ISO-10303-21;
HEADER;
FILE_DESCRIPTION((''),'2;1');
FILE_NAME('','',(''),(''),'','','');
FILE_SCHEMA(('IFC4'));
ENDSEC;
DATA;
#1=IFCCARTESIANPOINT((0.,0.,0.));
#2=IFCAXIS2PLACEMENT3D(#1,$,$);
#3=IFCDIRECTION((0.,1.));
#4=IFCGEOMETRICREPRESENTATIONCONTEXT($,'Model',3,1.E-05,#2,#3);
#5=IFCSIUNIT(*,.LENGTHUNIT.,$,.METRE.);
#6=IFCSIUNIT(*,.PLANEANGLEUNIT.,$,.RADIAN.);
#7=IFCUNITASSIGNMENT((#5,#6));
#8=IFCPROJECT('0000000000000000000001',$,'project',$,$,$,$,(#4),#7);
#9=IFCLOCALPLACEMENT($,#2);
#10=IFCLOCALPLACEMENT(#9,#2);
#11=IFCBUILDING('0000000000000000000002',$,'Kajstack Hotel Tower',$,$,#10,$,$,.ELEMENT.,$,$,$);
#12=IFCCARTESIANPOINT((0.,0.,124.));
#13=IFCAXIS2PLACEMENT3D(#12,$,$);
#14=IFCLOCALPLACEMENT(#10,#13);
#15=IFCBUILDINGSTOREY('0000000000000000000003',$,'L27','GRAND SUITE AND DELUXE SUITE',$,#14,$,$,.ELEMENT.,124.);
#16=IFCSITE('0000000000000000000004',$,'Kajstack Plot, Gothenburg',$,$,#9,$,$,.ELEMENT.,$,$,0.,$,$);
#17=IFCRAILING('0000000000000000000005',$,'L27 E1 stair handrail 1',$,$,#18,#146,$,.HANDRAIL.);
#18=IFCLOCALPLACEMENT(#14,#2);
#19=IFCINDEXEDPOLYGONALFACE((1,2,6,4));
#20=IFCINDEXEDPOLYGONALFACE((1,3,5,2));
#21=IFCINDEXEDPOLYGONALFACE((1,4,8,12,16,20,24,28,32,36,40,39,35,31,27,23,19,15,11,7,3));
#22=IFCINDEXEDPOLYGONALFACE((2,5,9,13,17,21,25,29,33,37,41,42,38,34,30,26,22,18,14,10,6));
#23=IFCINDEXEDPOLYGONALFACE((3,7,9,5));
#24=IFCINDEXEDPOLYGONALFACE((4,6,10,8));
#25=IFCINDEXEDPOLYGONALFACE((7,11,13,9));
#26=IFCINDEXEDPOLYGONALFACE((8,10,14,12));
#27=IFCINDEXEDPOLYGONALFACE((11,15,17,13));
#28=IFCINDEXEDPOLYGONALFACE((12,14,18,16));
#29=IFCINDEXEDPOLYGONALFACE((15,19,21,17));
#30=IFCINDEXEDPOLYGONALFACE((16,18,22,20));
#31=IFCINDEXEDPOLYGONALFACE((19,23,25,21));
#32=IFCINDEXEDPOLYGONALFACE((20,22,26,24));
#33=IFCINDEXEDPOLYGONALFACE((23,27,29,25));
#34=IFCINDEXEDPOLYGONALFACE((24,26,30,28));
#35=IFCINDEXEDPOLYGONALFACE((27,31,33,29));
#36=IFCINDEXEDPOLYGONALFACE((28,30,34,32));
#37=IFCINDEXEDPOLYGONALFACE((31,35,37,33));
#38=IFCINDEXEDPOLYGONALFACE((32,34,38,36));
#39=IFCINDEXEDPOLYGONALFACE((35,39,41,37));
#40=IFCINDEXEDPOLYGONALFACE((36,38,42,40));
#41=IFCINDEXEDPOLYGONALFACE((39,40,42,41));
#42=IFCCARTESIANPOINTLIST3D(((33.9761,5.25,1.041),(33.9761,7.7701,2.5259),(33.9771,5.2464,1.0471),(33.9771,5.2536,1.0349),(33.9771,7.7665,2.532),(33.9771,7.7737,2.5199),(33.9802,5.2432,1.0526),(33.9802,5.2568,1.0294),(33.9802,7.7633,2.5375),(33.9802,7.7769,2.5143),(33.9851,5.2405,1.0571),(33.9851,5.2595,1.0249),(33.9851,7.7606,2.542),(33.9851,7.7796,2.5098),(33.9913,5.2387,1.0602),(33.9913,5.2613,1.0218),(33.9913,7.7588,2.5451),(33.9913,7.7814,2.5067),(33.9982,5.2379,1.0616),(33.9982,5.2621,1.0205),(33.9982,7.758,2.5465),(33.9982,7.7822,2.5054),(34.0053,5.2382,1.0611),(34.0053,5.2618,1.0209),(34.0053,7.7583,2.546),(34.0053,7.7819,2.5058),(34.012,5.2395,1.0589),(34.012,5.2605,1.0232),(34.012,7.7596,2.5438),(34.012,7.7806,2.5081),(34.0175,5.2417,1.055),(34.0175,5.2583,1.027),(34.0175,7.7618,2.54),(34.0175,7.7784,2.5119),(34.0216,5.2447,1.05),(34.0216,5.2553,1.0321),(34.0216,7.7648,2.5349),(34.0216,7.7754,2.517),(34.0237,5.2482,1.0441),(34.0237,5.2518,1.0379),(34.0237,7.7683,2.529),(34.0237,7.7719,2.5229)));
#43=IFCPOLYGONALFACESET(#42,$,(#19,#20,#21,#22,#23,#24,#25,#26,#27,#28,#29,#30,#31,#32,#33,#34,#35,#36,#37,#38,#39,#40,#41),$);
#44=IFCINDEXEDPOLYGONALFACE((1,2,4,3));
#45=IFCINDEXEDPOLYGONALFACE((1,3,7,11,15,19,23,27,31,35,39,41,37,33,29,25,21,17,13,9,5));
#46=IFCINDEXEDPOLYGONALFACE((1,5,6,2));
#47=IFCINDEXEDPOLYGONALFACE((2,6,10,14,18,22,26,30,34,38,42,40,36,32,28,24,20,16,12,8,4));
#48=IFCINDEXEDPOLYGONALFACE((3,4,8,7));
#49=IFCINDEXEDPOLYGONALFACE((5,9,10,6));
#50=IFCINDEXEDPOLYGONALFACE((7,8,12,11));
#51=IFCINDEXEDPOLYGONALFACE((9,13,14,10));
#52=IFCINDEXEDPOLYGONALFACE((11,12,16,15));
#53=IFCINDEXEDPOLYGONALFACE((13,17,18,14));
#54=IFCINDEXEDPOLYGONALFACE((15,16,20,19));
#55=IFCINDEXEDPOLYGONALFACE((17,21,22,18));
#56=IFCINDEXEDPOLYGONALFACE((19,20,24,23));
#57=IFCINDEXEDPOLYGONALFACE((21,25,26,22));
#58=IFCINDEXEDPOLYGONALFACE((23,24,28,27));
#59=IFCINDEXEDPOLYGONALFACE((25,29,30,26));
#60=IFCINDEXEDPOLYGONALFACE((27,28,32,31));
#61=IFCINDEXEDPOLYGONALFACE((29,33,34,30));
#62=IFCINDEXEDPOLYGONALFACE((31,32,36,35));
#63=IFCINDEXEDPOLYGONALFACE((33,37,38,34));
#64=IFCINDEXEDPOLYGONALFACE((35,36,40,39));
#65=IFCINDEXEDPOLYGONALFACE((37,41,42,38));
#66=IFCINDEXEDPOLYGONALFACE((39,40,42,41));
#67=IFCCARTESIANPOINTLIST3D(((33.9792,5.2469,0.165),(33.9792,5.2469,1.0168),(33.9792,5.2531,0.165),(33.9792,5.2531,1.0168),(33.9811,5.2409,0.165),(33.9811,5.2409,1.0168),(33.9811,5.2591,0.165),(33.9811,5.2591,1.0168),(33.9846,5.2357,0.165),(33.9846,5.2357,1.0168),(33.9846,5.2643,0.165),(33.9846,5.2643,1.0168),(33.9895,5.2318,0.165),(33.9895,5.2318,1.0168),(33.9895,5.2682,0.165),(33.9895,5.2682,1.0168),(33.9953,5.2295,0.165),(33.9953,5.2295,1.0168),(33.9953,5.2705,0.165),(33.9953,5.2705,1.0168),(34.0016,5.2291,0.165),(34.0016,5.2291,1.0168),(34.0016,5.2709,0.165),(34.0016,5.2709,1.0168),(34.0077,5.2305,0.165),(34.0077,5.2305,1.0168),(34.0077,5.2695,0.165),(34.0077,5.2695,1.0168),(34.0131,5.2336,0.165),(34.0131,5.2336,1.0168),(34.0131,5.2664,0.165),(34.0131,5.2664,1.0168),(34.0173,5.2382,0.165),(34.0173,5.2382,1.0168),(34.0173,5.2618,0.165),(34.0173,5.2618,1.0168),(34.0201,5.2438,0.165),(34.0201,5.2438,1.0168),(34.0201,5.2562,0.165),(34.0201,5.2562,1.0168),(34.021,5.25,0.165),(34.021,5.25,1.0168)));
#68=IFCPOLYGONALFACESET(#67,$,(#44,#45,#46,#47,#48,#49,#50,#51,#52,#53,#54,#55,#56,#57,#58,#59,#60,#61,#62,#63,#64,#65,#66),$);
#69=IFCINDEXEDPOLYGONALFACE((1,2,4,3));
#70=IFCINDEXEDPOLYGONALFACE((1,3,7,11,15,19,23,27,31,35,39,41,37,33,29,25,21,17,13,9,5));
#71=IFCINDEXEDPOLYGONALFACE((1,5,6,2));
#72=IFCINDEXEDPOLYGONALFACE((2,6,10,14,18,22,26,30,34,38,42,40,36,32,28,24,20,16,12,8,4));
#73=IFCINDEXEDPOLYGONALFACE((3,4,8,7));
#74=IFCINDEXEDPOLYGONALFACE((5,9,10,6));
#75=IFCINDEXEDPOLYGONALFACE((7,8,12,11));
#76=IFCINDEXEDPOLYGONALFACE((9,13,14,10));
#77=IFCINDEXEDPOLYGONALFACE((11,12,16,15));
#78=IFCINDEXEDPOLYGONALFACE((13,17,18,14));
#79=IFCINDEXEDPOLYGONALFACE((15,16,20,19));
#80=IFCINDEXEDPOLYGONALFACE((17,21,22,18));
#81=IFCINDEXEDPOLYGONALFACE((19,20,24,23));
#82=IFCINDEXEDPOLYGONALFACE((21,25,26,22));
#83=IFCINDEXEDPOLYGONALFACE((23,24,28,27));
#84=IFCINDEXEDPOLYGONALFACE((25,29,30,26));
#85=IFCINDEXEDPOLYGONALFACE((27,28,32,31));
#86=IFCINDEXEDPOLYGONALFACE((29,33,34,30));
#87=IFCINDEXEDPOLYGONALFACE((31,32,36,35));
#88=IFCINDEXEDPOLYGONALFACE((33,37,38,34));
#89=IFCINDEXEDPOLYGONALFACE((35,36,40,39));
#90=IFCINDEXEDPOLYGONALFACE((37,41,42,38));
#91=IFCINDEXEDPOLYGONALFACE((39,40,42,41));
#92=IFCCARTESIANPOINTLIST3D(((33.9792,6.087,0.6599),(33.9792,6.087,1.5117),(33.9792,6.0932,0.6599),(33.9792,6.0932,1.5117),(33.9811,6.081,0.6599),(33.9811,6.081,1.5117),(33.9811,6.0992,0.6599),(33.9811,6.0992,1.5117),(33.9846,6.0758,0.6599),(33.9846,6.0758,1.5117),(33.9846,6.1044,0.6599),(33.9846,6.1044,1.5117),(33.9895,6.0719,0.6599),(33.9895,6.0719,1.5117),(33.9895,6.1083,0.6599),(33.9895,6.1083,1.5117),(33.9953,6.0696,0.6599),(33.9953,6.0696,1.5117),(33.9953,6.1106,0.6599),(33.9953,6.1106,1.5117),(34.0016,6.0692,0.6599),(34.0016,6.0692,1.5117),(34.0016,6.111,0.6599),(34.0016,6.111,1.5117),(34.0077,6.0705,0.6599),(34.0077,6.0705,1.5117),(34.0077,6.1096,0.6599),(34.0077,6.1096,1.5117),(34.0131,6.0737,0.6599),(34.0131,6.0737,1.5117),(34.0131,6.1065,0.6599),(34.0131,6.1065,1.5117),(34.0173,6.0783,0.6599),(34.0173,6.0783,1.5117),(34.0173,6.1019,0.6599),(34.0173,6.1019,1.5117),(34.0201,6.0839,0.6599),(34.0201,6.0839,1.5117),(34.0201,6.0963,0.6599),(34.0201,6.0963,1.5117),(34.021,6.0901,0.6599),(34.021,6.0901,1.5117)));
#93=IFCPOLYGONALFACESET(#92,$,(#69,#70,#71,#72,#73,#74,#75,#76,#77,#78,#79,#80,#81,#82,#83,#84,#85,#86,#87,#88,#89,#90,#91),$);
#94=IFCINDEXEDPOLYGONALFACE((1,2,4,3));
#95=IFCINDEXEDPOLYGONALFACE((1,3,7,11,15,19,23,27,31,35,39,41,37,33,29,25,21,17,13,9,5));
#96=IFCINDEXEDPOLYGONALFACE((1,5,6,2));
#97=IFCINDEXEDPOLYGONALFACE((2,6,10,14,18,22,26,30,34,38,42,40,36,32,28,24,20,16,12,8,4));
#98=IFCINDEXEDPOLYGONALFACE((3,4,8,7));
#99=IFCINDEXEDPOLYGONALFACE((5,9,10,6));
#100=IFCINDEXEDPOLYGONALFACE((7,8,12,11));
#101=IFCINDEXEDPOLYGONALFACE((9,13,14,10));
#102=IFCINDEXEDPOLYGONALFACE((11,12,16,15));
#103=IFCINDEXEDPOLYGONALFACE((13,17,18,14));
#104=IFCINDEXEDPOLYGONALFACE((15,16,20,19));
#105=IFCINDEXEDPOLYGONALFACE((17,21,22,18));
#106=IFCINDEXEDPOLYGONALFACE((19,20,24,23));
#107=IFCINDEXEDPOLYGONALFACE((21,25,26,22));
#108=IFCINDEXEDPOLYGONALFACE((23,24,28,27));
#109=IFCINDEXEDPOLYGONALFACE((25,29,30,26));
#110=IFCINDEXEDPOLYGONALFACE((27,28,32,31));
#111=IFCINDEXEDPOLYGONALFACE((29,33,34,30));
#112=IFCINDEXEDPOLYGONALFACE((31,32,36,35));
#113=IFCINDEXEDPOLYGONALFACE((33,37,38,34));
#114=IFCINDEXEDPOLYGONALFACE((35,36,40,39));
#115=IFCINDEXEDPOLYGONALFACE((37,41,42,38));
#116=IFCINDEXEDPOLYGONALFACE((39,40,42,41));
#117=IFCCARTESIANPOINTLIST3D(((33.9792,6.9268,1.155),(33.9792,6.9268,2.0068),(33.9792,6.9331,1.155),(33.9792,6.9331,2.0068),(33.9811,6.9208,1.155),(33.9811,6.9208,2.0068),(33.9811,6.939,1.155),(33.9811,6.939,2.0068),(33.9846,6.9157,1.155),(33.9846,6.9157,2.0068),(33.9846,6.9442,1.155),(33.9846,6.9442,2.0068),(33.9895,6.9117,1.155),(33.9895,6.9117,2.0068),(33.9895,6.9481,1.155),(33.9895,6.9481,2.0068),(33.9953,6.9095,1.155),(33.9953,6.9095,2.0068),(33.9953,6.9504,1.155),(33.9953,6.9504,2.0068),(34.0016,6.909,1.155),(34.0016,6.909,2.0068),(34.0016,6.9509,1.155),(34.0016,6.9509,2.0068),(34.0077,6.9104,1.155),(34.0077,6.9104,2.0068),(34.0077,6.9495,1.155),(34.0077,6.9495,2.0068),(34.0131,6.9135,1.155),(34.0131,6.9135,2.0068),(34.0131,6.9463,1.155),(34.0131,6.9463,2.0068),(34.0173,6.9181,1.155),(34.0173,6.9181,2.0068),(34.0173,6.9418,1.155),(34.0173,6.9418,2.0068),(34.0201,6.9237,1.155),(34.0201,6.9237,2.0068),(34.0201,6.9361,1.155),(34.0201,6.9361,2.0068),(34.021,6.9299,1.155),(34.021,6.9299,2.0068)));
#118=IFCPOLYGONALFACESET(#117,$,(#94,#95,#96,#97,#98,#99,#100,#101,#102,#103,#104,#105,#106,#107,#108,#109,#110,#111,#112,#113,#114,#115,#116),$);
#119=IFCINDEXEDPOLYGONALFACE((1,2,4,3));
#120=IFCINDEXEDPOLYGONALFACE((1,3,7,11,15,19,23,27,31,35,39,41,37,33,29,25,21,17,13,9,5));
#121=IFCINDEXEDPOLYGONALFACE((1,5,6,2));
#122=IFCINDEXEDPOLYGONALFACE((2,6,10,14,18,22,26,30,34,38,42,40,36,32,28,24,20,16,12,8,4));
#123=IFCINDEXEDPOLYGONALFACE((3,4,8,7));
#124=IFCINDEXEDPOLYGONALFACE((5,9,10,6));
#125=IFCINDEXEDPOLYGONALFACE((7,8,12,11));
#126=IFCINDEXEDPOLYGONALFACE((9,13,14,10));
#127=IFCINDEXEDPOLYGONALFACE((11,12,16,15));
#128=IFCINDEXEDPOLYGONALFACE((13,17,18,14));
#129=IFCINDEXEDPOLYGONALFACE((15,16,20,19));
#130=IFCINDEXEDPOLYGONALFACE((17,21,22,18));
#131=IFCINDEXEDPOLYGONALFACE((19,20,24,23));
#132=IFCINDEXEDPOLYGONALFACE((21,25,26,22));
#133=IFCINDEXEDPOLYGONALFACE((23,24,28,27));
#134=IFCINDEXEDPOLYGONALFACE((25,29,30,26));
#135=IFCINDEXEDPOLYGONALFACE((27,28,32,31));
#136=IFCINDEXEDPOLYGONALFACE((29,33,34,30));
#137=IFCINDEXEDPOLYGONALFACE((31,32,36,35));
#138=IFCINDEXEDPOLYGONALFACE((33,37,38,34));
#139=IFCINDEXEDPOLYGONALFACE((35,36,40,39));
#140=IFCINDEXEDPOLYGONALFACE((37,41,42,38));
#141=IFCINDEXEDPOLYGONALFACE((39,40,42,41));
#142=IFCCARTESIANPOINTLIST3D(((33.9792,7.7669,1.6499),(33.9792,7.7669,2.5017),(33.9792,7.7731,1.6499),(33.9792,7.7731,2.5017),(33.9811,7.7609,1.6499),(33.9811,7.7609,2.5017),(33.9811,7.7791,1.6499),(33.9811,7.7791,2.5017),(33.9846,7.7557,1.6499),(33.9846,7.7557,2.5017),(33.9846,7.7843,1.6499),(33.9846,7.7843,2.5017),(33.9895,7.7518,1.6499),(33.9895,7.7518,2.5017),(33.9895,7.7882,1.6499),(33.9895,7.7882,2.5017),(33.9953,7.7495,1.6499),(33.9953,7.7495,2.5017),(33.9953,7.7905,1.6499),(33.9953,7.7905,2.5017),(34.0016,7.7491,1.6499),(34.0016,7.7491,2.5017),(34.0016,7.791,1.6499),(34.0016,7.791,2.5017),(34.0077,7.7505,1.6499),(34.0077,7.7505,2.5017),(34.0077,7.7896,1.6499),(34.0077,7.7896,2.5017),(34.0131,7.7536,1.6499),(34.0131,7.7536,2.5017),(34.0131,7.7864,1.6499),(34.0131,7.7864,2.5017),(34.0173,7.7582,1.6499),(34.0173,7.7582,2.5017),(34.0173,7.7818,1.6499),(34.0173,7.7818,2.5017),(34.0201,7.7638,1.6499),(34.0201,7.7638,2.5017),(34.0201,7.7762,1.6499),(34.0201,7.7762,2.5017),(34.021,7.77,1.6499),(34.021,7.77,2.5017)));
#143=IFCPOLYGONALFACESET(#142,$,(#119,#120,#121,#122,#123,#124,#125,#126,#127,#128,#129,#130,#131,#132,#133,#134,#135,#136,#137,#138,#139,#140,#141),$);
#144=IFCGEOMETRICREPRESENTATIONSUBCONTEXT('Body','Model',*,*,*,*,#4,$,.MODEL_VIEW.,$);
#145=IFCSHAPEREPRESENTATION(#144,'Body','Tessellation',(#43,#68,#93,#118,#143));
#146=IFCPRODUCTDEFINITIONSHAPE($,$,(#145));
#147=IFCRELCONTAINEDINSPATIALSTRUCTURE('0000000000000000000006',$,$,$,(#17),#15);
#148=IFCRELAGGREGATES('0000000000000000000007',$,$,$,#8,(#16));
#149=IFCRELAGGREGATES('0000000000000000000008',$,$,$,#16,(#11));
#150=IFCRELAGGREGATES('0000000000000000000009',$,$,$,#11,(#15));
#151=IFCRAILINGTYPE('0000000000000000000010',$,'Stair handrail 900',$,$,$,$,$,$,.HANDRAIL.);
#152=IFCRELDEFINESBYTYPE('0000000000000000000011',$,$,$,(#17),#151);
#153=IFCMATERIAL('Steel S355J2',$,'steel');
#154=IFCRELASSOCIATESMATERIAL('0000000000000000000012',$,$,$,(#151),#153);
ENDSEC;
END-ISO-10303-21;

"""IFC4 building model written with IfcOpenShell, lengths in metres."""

from ifc_helpers import new_model, si_unit, direction, frame, origin, origin_2d, place, context, subcontext, project, spatial, circle, extrude, material, type_object, element, save


model = new_model("IFC4")

# Units and contexts
model_context = context("Model", 3, precision=1e-05, world=origin(), true_north=direction((0.0, 1.0)))
body_context = subcontext(model_context, "Body", "Model", "MODEL_VIEW")
ifc_project = project(units=[si_unit("LENGTHUNIT", "METRE"), si_unit("PLANEANGLEUNIT", "RADIAN")], contexts=[model_context])

# Site, building, storey
site_placement = place(None, origin())
site = spatial("IfcSite", under=ifc_project, at=site_placement, Name="Kajstack Plot, Gothenburg", CompositionType="ELEMENT", RefElevation=0.0)
building_placement = place(site_placement, origin())
building = spatial("IfcBuilding", under=site, at=building_placement, Name="Kajstack Hotel Tower", CompositionType="ELEMENT")
storey_placement = place(building_placement, frame((0.0, 0.0, 124.0)))
storey = spatial("IfcBuildingStorey", under=building, at=storey_placement, Name="L27", Description="GRAND SUITE AND DELUXE SUITE", CompositionType="ELEMENT", Elevation=124.0)

# Railing
ifc_material_1 = material(Name="Steel S355J2", Category="steel")
railing_type_1 = type_object("IfcRailingType", Name="Stair handrail 900", PredefinedType="HANDRAIL", material=ifc_material_1)
railing_1_placement = place(storey_placement, frame((34.0, 5.25, 0.165)))
element("IfcRailing", 1, at=railing_1_placement, inside=storey, type_object=railing_type_1, Name="L27 E1 stair handrail 1", PredefinedType="HANDRAIL", context=body_context, shape_type="SweptSolid", body=[
    extrude(circle(Radius=0.0239, at=origin_2d()), frame((0.0, 0.0, 0.876), z_axis=(0.0, 0.861561, 0.507655), x_axis=(-1.0, 0.0, 0.0)), (0.0, 0.0, 1.0), 2.925),
    extrude(circle(Radius=0.021, at=origin_2d()), origin(), (0.0, 0.0, 1.0), 0.8518),
    extrude(circle(Radius=0.021, at=origin_2d()), frame((0.0, 0.8401, 0.4949)), (0.0, 0.0, 1.0), 0.8518),
    extrude(circle(Radius=0.021, at=origin_2d()), frame((0.0, 1.6799, 0.99)), (0.0, 0.0, 1.0), 0.8518),
    extrude(circle(Radius=0.021, at=origin_2d()), frame((0.0, 2.52, 1.4849)), (0.0, 0.0, 1.0), 0.8518),
])

save(model, "model.ifc")
